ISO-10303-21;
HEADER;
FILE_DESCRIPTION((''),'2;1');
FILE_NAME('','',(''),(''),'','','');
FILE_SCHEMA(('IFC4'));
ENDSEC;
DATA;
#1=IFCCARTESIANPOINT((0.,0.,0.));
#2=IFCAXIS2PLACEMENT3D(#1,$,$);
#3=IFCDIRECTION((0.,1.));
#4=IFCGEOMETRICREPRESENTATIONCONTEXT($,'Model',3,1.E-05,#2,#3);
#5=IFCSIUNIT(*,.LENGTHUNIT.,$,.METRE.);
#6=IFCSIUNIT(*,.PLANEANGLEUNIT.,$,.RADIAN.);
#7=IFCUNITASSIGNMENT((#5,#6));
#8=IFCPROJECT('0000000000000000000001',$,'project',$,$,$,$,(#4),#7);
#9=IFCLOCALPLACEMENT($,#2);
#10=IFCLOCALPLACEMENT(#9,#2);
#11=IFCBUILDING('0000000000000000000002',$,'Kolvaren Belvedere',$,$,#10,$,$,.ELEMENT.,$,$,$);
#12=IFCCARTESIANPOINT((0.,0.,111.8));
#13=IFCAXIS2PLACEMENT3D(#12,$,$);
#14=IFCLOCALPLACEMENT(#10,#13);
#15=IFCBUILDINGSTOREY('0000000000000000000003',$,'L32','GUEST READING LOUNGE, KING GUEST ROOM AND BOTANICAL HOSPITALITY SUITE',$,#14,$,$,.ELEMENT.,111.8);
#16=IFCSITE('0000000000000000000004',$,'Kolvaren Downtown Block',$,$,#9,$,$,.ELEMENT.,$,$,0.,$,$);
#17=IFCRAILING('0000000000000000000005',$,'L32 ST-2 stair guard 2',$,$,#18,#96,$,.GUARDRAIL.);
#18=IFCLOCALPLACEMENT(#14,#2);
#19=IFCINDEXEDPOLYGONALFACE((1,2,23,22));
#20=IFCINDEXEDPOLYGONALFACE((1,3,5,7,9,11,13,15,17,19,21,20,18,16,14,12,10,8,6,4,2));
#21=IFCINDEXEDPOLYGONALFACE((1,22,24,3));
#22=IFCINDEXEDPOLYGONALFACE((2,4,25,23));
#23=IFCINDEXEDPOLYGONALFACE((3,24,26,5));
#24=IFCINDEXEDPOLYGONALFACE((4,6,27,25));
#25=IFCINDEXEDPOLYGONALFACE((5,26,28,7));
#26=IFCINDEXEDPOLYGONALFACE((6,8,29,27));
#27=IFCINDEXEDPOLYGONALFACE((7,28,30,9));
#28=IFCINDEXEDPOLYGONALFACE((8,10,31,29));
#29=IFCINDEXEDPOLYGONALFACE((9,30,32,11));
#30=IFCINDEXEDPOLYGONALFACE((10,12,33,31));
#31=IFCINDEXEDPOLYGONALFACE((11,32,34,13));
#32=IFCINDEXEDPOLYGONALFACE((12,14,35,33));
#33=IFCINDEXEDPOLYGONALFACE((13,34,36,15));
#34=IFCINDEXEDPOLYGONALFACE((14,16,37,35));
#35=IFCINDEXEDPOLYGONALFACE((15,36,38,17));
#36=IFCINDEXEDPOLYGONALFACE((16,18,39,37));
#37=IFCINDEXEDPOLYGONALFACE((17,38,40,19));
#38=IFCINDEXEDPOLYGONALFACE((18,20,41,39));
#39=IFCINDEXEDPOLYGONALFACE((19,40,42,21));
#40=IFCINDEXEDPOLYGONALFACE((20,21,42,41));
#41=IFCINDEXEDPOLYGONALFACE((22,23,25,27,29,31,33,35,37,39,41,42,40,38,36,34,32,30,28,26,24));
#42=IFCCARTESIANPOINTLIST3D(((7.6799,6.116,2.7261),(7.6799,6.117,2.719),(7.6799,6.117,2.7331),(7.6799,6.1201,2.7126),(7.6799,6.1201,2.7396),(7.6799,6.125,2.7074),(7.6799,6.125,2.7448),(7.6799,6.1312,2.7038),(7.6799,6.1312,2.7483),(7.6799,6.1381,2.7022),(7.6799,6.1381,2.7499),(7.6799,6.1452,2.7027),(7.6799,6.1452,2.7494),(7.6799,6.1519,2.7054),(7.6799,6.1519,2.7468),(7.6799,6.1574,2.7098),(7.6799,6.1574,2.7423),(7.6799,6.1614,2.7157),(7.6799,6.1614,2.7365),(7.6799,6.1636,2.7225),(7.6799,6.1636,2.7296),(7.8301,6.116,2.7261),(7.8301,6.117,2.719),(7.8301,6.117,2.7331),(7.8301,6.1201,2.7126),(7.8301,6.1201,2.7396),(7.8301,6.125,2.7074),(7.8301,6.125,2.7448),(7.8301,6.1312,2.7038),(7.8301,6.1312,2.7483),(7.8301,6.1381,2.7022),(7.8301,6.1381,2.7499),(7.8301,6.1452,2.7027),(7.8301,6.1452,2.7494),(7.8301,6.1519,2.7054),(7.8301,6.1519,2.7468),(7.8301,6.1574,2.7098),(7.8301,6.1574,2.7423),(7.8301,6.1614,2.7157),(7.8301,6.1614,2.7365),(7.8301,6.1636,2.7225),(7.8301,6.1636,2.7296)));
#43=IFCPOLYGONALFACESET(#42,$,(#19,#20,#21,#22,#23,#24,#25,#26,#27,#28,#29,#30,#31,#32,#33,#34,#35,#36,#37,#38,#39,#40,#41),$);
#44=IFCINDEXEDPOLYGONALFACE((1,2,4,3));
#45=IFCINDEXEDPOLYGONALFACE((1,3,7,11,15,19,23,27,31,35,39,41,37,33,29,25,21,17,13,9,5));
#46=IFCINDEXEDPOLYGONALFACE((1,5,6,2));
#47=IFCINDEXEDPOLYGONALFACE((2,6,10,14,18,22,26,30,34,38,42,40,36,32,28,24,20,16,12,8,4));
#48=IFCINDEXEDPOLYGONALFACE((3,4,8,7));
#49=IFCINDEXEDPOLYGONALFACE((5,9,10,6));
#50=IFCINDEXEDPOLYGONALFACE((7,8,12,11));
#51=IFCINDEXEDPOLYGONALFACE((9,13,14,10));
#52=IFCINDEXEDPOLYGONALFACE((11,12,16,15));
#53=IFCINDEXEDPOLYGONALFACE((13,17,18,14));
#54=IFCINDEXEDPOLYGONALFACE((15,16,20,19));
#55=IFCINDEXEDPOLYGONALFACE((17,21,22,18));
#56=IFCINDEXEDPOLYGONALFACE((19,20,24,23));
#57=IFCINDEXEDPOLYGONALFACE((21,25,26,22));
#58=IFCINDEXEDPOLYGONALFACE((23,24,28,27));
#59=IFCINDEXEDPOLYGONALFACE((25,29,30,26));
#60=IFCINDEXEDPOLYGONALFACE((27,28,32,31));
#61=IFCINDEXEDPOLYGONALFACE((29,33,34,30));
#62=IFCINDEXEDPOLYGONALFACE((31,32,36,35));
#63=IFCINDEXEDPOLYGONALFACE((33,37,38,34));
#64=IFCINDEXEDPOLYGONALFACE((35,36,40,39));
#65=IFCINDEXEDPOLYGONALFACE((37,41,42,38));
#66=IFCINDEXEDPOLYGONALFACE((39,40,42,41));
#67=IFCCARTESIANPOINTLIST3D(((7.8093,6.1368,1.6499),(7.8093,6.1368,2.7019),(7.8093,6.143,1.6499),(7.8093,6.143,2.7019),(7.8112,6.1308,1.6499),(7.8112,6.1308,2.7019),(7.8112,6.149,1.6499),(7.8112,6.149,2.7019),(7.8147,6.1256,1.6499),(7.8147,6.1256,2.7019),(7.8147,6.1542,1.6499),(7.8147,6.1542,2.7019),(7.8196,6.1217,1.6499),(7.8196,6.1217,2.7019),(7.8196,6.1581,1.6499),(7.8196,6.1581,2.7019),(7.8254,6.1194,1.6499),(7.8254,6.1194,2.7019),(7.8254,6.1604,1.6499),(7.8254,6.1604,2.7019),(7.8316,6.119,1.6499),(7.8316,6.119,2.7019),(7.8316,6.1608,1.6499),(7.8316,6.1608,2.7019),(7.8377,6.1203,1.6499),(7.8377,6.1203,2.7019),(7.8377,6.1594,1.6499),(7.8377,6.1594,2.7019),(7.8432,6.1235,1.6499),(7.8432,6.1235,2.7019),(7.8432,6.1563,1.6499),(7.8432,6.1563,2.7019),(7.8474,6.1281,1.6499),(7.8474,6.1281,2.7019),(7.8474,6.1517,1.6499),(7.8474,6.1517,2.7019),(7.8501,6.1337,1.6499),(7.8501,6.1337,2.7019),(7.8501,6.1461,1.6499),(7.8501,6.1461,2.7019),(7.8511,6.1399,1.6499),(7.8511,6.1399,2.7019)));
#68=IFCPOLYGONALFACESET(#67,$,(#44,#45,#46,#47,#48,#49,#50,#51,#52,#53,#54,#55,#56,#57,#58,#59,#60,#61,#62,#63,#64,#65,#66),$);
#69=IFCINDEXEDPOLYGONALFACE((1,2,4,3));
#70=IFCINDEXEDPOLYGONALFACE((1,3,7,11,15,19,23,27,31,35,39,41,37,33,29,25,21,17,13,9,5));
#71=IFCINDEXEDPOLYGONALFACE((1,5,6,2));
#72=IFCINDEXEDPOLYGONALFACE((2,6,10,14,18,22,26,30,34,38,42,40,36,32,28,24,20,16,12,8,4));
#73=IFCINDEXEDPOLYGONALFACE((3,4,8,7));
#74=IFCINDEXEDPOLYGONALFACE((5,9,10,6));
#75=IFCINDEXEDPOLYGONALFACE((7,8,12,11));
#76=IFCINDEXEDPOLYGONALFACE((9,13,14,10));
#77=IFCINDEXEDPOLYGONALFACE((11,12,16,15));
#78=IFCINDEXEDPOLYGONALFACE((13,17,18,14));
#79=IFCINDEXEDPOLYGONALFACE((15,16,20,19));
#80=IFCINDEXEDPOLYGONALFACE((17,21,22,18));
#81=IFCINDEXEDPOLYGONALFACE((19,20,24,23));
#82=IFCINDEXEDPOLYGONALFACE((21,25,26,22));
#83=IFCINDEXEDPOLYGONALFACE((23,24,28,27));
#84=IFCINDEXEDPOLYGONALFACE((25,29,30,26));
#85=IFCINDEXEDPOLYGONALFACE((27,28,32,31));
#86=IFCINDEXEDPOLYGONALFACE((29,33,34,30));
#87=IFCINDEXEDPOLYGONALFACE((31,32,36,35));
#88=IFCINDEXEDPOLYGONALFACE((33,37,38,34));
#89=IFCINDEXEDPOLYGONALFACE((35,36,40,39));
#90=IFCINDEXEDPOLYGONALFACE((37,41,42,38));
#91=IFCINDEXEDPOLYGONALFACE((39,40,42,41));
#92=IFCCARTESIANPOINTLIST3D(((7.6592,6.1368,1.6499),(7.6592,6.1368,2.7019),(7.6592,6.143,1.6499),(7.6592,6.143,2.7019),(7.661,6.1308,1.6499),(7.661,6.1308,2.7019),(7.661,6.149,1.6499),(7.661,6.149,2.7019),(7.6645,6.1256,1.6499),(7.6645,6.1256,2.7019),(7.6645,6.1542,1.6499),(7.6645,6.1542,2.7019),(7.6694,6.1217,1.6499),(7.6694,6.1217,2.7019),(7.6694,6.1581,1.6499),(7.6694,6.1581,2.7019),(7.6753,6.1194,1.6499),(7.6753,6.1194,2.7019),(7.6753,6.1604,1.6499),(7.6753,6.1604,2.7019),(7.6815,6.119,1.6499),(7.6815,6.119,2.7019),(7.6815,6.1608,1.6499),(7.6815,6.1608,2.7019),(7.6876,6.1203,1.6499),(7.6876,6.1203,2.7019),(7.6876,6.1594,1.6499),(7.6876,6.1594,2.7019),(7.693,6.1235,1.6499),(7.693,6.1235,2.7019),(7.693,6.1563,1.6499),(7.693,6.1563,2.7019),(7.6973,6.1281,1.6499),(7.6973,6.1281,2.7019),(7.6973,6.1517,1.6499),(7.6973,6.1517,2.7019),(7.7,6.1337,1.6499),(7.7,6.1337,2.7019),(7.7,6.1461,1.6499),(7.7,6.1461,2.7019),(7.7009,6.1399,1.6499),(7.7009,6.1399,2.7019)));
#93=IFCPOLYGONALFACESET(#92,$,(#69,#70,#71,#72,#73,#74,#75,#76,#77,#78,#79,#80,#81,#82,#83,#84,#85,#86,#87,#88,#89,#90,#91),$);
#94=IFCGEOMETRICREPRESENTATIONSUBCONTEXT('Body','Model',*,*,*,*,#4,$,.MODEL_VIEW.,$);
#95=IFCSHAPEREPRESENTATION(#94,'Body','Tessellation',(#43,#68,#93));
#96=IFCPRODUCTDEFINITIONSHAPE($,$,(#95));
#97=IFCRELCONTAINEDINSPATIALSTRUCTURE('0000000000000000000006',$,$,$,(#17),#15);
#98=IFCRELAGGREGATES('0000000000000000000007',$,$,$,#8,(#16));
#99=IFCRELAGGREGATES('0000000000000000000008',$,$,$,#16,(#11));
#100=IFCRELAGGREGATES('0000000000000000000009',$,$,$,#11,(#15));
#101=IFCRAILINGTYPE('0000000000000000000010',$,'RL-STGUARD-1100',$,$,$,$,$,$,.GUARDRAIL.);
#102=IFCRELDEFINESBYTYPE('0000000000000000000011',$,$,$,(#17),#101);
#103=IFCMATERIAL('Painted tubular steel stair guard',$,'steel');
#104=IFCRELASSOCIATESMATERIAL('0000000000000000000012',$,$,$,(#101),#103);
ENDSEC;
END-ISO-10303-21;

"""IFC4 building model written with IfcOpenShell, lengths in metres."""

from ifc_helpers import new_model, si_unit, direction, frame, origin, origin_2d, place, context, subcontext, project, spatial, circle, extrude, material, type_object, element, save


model = new_model("IFC4")

# Units and contexts
model_context = context("Model", 3, precision=1e-05, world=origin(), true_north=direction((0.0, 1.0)))
body_context = subcontext(model_context, "Body", "Model", "MODEL_VIEW")
ifc_project = project(units=[si_unit("LENGTHUNIT", "METRE"), si_unit("PLANEANGLEUNIT", "RADIAN")], contexts=[model_context])

# Site, building, storey
site_placement = place(None, origin())
site = spatial("IfcSite", under=ifc_project, at=site_placement, Name="Kolvaren Downtown Block", CompositionType="ELEMENT", RefElevation=0.0)
building_placement = place(site_placement, origin())
building = spatial("IfcBuilding", under=site, at=building_placement, Name="Kolvaren Belvedere", CompositionType="ELEMENT")
storey_placement = place(building_placement, frame((0.0, 0.0, 111.8)))
storey = spatial("IfcBuildingStorey", under=building, at=storey_placement, Name="L32", Description="GUEST READING LOUNGE, KING GUEST ROOM AND BOTANICAL HOSPITALITY SUITE", CompositionType="ELEMENT", Elevation=111.8)

# Railing
ifc_material_1 = material(Name="Painted tubular steel stair guard", Category="steel")
railing_type_1 = type_object("IfcRailingType", Name="RL-STGUARD-1100", PredefinedType="GUARDRAIL", material=ifc_material_1)
railing_1_placement = place(storey_placement, frame((7.8301, 6.1399, 1.6499)))
element("IfcRailing", 1, at=railing_1_placement, inside=storey, type_object=railing_type_1, Name="L32 ST-2 stair guard 2", PredefinedType="GUARDRAIL", context=body_context, shape_type="SweptSolid", body=[
    extrude(circle(Radius=0.0239, at=origin_2d()), frame((0.0, 0.0, 1.0762), z_axis=(-1.0, 0.0, 0.0), x_axis=(0.0, -1.0, 0.0)), (0.0, 0.0, 1.0), 0.1501),
    extrude(circle(Radius=0.021, at=origin_2d()), origin(), (0.0, 0.0, 1.0), 1.052),
    extrude(circle(Radius=0.021, at=origin_2d()), frame((-0.1501, 0.0, 0.0)), (0.0, 0.0, 1.0), 1.052),
])

save(model, "model.ifc")
